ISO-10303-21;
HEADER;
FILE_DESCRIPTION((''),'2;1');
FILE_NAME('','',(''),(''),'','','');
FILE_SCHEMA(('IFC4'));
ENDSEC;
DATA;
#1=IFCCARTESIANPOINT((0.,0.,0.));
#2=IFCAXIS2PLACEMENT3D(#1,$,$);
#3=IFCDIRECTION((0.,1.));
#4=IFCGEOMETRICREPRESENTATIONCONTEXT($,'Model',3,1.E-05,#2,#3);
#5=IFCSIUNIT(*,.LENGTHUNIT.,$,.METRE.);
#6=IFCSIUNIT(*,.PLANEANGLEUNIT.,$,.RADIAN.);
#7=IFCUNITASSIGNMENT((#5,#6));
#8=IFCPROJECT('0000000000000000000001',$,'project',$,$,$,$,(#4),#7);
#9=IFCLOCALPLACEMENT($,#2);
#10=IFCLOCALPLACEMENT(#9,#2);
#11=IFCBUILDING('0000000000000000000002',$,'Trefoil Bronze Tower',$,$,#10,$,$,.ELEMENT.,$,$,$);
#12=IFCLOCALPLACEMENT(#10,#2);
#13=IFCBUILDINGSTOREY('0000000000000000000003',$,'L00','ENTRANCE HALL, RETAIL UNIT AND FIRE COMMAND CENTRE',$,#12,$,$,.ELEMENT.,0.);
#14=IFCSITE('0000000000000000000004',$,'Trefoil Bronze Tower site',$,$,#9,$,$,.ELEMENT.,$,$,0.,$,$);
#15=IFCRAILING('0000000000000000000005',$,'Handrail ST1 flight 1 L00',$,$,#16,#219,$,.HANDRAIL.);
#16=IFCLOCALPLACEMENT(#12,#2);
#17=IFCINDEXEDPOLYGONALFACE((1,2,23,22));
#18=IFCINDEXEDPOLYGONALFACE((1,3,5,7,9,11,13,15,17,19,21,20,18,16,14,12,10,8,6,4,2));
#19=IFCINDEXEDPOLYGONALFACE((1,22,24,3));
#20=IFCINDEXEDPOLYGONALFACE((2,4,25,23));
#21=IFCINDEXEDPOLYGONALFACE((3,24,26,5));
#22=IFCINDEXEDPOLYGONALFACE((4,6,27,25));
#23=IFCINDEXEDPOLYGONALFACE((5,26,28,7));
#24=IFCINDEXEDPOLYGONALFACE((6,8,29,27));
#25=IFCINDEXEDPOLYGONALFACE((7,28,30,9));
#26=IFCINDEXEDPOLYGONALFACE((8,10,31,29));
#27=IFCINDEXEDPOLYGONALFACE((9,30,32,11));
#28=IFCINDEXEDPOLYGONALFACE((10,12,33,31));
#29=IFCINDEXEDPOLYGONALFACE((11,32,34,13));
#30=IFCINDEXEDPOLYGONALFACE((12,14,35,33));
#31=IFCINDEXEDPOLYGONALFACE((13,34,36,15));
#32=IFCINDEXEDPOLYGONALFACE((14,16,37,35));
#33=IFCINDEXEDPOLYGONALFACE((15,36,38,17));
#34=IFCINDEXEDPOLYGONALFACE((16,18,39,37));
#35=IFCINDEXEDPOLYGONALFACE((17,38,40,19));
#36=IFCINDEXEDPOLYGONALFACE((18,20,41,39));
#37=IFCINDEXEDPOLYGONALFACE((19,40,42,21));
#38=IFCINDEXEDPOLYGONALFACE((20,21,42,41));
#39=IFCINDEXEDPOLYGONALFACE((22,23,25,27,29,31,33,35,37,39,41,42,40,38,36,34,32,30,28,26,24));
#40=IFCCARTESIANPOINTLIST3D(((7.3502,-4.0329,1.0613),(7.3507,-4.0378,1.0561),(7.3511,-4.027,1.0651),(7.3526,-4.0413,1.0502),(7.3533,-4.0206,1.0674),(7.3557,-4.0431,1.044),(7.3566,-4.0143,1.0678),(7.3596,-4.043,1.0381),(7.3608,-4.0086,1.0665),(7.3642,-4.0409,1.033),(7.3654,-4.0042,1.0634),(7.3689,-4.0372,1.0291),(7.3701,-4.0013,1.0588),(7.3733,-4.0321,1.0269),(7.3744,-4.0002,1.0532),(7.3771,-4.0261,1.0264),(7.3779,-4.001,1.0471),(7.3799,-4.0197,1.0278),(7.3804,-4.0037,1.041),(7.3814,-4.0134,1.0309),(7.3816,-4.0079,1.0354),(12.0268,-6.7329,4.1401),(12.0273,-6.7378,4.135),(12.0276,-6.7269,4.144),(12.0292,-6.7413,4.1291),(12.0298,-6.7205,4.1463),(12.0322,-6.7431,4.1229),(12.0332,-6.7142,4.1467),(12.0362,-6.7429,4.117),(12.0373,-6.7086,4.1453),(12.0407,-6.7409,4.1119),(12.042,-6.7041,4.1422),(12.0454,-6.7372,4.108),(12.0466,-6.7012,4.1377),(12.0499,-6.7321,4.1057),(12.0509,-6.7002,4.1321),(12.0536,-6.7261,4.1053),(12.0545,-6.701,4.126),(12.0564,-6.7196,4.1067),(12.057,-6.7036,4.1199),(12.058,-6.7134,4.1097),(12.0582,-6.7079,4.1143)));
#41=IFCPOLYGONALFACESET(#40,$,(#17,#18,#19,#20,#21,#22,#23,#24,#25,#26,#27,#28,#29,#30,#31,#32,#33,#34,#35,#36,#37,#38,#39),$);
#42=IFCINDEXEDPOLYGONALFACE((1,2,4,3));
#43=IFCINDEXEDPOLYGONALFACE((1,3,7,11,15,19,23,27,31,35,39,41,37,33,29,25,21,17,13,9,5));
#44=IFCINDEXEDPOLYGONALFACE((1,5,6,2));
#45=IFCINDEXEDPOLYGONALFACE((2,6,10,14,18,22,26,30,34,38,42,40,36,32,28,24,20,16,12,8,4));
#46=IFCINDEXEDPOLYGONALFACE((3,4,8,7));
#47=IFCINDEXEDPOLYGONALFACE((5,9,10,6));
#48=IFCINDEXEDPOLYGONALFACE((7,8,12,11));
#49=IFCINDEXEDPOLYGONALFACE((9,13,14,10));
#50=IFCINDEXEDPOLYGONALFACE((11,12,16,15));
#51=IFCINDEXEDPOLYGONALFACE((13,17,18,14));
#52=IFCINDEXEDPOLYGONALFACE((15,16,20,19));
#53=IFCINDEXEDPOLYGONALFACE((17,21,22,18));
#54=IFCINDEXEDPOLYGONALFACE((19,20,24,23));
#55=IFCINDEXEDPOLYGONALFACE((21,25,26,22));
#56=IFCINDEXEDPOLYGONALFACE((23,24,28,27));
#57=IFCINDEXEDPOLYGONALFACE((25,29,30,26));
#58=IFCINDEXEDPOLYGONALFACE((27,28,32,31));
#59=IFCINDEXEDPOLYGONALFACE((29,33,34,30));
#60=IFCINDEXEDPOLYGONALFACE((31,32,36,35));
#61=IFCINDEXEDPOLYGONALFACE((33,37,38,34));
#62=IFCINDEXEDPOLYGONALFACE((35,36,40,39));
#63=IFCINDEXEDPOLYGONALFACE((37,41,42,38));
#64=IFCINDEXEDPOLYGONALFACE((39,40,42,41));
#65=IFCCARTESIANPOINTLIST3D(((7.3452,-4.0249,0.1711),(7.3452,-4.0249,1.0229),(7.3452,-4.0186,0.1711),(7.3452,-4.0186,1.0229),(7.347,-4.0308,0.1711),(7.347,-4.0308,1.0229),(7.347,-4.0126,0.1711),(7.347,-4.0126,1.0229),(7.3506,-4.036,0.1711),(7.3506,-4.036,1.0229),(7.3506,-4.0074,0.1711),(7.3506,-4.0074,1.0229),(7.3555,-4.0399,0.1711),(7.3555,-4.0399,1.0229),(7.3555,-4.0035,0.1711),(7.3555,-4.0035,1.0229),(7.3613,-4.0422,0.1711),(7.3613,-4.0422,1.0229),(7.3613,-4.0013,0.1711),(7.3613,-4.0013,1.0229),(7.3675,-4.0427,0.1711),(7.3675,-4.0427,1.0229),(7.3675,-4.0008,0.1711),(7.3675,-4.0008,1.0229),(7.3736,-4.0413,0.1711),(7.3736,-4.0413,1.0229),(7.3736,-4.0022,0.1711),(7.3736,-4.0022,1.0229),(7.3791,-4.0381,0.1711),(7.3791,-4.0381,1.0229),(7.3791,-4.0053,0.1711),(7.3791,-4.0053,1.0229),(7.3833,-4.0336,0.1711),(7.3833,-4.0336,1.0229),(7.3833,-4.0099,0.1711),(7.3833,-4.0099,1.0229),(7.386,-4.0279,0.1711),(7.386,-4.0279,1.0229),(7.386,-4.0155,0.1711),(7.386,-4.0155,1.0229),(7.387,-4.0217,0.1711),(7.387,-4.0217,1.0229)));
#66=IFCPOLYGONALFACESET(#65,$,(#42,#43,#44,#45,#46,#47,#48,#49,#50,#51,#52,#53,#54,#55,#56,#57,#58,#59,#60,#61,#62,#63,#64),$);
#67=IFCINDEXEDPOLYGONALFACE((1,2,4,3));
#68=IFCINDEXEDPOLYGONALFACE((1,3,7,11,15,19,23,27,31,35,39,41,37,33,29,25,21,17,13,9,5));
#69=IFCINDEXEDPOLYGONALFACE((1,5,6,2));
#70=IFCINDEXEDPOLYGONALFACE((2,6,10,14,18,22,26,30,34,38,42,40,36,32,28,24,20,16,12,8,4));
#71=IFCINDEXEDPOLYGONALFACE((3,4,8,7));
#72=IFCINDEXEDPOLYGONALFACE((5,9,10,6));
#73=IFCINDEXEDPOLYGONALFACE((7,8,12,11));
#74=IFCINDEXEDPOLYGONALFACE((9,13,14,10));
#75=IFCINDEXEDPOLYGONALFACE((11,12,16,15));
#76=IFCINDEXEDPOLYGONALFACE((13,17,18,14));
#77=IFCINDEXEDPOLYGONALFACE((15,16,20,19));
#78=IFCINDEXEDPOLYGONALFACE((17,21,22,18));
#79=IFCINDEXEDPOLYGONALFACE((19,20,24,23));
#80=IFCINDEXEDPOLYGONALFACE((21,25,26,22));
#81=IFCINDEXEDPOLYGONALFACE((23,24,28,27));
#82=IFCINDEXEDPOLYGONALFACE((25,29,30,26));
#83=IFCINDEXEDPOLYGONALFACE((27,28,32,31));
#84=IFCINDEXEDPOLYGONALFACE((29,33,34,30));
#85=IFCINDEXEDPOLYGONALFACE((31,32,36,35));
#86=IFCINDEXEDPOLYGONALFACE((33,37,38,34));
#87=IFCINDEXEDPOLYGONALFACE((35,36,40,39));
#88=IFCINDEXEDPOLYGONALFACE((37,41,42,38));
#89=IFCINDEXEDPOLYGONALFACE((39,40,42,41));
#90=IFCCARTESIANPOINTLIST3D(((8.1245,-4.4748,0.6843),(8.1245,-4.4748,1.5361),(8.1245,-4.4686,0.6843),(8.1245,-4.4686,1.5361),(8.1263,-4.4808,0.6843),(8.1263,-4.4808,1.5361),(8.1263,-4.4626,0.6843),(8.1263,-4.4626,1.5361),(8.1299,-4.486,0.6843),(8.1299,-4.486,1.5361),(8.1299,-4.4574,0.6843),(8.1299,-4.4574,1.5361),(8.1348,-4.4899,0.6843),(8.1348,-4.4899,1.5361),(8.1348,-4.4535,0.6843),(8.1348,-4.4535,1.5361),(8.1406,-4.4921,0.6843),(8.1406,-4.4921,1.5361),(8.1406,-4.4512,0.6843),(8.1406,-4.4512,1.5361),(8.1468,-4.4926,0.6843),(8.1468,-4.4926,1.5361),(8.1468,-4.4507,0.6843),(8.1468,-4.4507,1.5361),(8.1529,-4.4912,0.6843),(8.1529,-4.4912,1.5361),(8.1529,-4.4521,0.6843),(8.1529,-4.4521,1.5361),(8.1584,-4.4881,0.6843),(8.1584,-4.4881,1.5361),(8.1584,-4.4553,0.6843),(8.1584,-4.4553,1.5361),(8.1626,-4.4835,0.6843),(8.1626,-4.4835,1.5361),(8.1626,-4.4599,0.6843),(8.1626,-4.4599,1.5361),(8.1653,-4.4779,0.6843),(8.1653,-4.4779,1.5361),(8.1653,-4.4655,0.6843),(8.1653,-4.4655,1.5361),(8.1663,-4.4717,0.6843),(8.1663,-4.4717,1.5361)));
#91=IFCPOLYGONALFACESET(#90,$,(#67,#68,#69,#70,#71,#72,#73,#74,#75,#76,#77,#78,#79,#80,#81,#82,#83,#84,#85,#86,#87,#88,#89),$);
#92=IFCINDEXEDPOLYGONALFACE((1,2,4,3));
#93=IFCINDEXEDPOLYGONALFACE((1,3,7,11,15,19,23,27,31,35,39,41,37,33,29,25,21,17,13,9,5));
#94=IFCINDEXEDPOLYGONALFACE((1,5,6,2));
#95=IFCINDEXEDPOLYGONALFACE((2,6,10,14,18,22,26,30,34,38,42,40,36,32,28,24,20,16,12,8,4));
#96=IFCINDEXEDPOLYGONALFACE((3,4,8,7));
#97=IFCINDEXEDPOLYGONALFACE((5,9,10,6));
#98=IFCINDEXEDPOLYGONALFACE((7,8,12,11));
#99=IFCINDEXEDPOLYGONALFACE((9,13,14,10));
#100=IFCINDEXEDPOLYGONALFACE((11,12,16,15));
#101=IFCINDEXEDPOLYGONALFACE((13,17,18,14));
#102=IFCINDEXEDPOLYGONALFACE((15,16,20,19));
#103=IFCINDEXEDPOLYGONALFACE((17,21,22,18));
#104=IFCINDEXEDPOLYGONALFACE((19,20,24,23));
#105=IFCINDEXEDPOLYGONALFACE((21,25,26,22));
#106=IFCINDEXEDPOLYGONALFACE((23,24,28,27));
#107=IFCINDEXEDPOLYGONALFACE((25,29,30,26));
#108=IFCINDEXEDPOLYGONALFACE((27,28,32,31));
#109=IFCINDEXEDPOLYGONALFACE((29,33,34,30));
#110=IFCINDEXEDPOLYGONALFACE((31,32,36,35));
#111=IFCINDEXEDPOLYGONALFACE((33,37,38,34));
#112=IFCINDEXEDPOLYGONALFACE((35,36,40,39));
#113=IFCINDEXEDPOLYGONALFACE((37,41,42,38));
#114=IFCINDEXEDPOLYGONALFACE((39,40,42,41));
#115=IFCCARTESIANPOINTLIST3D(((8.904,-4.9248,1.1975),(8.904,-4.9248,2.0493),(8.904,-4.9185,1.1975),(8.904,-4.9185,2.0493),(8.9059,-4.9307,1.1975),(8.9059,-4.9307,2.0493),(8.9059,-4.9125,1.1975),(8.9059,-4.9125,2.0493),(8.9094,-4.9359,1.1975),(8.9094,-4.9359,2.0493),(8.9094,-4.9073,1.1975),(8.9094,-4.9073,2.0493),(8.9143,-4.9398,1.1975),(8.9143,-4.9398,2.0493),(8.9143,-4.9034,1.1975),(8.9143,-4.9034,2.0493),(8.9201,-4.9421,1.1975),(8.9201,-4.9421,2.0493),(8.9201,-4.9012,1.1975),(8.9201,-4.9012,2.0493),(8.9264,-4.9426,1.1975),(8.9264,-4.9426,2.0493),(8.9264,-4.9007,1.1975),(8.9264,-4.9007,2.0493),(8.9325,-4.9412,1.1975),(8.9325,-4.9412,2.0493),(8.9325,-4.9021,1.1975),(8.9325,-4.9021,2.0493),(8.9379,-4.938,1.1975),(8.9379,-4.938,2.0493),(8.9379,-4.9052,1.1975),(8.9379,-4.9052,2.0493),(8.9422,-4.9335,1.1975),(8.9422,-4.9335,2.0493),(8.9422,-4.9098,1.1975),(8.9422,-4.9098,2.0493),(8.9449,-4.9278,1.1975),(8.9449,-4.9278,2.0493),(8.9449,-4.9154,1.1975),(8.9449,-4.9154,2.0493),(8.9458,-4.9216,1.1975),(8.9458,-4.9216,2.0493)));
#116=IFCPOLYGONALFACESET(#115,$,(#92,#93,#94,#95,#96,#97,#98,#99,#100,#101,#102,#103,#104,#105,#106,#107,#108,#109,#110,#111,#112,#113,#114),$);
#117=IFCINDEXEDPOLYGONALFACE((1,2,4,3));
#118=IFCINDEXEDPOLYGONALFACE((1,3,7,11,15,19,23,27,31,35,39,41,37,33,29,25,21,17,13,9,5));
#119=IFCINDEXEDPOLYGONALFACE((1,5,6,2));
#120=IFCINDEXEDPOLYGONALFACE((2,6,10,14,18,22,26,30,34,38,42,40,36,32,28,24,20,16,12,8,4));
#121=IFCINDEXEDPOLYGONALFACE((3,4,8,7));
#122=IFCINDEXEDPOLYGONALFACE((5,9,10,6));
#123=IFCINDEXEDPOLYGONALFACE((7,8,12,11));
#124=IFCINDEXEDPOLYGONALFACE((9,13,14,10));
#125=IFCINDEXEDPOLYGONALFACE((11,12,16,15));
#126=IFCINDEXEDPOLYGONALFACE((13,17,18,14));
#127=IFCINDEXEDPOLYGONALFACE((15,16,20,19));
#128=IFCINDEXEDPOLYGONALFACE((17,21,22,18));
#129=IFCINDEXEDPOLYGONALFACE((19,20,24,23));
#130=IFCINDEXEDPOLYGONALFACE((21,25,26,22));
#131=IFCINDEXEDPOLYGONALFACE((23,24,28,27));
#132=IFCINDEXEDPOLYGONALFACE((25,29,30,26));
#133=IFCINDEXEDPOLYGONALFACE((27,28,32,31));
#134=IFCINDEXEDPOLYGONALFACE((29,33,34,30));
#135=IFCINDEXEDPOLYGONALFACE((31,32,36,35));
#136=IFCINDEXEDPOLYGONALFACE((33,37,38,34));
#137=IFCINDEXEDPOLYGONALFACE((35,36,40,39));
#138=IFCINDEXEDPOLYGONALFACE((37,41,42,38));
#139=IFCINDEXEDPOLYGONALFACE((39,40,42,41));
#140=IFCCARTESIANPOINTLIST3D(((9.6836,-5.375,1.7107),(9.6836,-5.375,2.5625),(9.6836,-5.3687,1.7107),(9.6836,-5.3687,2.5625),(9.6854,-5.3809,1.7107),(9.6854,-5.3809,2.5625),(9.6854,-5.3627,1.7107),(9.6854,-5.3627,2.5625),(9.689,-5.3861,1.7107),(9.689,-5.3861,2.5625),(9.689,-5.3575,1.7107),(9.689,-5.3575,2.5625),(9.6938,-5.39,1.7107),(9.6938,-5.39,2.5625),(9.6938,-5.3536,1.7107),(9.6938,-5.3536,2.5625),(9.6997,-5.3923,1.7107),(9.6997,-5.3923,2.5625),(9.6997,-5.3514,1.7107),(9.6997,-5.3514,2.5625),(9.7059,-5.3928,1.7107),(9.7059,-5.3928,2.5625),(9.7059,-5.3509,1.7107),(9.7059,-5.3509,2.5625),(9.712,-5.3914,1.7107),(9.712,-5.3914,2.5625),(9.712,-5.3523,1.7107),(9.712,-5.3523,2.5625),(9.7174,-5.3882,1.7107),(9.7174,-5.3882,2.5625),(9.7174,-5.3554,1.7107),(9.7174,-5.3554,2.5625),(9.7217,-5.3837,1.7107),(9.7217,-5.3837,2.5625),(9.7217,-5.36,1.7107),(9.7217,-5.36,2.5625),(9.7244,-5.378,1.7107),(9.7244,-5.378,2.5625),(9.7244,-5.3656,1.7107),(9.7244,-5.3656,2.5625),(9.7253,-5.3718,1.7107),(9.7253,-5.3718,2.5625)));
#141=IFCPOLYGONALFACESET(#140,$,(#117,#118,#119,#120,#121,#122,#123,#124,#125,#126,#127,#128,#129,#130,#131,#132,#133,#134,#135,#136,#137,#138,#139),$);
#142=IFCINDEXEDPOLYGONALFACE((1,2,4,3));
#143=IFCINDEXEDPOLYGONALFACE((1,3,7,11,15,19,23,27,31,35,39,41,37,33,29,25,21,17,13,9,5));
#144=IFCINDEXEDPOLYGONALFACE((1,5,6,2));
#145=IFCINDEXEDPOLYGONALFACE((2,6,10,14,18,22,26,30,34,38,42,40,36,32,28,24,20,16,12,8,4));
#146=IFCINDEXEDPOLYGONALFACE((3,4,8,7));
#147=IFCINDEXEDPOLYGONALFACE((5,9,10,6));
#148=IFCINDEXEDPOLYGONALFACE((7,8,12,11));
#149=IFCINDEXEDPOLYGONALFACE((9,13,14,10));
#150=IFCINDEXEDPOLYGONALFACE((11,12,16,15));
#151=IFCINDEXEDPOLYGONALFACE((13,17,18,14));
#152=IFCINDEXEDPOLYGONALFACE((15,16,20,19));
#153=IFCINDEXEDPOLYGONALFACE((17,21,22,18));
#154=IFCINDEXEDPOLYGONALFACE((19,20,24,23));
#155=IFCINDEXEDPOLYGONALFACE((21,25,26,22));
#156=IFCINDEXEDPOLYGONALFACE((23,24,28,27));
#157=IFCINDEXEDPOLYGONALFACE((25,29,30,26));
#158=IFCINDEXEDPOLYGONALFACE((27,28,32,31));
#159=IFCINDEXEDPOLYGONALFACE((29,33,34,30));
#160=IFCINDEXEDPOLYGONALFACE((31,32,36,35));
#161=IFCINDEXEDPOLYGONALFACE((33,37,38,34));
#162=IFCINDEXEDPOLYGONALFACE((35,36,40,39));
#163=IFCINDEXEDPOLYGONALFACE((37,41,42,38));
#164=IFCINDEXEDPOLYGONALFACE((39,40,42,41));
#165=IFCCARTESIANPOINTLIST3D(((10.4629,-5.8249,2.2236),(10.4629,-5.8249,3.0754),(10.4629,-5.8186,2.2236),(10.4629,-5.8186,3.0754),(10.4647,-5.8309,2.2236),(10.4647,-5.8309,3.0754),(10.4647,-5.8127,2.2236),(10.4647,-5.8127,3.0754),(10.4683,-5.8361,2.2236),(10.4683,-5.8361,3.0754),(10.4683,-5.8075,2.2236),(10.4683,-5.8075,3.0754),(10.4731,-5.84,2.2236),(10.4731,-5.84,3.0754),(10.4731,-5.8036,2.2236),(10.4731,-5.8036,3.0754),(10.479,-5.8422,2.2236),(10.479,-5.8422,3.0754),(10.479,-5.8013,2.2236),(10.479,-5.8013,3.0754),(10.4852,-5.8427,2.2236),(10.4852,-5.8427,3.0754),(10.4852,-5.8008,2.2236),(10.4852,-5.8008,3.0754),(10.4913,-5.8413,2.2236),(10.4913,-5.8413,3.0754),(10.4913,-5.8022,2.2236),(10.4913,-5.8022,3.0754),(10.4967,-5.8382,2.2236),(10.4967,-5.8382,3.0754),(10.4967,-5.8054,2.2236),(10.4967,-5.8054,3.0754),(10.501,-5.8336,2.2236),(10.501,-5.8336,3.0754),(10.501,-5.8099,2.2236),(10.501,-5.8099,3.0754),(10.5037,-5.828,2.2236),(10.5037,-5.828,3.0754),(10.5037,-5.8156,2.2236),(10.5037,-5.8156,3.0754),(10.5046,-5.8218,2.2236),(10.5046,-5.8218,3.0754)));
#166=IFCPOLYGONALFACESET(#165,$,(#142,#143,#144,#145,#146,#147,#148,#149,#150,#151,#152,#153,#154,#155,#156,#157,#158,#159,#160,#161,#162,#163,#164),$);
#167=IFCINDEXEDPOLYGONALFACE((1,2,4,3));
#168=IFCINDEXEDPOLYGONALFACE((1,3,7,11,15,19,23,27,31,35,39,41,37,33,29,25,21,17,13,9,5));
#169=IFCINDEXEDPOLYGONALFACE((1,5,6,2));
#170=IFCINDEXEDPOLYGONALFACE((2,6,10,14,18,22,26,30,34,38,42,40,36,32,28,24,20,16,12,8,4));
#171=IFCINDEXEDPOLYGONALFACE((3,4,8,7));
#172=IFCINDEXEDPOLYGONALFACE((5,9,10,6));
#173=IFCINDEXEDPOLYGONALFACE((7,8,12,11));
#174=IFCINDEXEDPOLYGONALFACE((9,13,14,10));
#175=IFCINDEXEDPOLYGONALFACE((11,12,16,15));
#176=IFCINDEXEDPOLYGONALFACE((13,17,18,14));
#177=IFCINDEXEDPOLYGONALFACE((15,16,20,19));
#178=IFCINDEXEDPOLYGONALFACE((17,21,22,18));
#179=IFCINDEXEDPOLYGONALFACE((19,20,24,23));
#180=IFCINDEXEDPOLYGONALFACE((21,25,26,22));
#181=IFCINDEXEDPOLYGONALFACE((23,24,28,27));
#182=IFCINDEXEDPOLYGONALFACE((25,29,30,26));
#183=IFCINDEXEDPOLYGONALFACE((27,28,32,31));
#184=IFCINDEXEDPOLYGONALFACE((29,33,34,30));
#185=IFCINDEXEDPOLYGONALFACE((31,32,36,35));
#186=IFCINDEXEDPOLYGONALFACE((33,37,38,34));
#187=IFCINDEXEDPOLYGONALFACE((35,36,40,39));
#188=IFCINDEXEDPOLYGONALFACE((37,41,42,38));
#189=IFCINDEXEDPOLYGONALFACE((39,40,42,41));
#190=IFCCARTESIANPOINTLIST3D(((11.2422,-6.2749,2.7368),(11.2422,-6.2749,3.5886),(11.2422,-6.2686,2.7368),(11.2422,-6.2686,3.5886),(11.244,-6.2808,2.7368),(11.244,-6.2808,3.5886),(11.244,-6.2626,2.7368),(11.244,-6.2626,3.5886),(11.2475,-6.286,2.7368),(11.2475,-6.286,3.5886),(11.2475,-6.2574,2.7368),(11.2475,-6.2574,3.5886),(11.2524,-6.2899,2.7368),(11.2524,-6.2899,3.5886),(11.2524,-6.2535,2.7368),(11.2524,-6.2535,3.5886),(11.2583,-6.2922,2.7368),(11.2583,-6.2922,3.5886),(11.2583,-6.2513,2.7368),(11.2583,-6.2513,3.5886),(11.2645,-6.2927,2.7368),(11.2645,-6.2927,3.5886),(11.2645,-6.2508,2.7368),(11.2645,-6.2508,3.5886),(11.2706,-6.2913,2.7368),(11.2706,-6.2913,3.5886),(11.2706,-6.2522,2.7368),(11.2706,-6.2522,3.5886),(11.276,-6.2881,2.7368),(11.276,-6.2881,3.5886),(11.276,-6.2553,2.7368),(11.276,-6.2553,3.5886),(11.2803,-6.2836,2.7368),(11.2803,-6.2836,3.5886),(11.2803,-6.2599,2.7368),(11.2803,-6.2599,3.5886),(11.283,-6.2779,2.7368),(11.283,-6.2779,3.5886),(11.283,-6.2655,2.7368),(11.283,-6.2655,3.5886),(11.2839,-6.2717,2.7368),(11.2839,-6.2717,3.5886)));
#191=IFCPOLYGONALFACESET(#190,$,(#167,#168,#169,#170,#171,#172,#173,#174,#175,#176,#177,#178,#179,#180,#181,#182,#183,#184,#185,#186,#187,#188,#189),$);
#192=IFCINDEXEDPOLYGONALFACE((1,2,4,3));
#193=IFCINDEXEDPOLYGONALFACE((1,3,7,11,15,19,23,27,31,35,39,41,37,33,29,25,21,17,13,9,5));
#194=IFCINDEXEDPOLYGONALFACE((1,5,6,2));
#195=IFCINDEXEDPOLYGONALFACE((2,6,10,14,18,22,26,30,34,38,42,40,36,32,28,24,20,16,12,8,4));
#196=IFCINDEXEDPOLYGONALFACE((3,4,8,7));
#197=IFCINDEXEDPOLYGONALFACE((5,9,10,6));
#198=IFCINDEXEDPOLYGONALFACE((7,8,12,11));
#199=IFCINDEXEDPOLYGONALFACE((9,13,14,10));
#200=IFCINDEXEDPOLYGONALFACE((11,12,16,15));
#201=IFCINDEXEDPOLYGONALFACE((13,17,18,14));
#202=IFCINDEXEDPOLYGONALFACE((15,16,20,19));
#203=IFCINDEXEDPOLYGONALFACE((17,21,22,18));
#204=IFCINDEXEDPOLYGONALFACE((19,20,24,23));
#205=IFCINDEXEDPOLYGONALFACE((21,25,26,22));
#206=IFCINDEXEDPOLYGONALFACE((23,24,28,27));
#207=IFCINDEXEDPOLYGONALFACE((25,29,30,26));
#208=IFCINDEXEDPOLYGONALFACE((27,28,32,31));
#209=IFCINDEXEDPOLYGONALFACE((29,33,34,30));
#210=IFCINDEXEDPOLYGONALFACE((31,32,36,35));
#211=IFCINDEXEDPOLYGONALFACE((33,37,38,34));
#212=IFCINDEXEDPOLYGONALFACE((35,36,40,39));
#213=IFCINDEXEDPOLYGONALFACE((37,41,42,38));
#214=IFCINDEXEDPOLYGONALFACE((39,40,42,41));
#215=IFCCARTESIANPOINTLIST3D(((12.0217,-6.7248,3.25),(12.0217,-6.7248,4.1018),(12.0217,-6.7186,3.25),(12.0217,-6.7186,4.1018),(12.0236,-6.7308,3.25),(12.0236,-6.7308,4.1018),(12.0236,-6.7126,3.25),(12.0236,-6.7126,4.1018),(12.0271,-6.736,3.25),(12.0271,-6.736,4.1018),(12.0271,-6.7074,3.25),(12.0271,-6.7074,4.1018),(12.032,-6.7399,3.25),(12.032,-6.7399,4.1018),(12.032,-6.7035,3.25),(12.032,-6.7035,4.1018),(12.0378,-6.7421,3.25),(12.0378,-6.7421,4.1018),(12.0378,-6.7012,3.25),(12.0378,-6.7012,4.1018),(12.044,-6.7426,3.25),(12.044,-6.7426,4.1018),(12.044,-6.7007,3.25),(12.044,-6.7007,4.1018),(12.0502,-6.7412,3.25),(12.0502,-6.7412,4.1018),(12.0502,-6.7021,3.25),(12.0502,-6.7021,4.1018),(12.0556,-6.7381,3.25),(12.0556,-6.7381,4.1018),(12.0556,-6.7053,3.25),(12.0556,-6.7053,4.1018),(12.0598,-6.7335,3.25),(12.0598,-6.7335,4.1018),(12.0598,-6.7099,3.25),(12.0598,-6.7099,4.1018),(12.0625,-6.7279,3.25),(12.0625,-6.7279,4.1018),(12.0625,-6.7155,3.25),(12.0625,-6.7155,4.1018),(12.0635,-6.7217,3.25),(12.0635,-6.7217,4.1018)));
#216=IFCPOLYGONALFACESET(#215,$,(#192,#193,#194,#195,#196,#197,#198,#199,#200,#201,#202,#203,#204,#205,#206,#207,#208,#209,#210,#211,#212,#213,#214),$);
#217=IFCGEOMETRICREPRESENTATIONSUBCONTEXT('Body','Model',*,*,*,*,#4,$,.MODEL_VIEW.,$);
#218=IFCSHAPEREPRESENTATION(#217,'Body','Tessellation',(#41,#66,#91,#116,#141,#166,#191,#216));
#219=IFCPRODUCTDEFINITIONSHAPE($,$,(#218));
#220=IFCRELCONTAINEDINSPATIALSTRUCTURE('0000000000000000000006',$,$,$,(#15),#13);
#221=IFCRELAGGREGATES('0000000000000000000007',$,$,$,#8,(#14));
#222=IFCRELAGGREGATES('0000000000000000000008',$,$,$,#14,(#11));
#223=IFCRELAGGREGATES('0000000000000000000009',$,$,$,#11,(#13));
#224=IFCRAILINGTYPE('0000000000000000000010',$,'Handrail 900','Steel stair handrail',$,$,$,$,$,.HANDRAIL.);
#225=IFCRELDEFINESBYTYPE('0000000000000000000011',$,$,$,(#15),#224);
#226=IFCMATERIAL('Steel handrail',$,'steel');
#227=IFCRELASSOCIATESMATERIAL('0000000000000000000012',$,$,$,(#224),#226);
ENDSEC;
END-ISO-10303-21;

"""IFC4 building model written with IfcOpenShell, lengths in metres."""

from ifc_helpers import new_model, si_unit, direction, frame, origin, origin_2d, place, context, subcontext, project, spatial, circle, extrude, material, type_object, element, save


model = new_model("IFC4")

# Units and contexts
model_context = context("Model", 3, precision=1e-05, world=origin(), true_north=direction((0.0, 1.0)))
body_context = subcontext(model_context, "Body", "Model", "MODEL_VIEW")
ifc_project = project(units=[si_unit("LENGTHUNIT", "METRE"), si_unit("PLANEANGLEUNIT", "RADIAN")], contexts=[model_context])

# Site, building, storey
site_placement = place(None, origin())
site = spatial("IfcSite", under=ifc_project, at=site_placement, Name="Trefoil Bronze Tower site", CompositionType="ELEMENT", RefElevation=0.0)
building_placement = place(site_placement, origin())
building = spatial("IfcBuilding", under=site, at=building_placement, Name="Trefoil Bronze Tower", CompositionType="ELEMENT")
storey_placement = place(building_placement, origin())
storey = spatial("IfcBuildingStorey", under=building, at=storey_placement, Name="L00", Description="ENTRANCE HALL, RETAIL UNIT AND FIRE COMMAND CENTRE", CompositionType="ELEMENT", Elevation=0.0)

# Railing
ifc_material_1 = material(Name="Steel handrail", Category="steel")
railing_type = type_object("IfcRailingType", Name="Handrail 900", Description="Steel stair handrail", PredefinedType="HANDRAIL", material=ifc_material_1)
railing_placement = place(storey_placement, frame((7.366, -4.0217, 0.1711)))
element("IfcRailing", 1, at=railing_placement, inside=storey, type_object=railing_type, Name="Handrail ST1 flight 1 L00", PredefinedType="HANDRAIL", context=body_context, shape_type="SweptSolid", body=[
    extrude(circle(Radius=0.0239, at=origin_2d()), frame((0.0, 0.0, 0.876), z_axis=(0.752333, -0.434354, 0.49531), x_axis=(0.499995, 0.866028, 0.0)), (0.0, 0.0, 1.0), 6.2161),
    extrude(circle(Radius=0.021, at=origin_2d()), origin(), (0.0, 0.0, 1.0), 0.8518),
    extrude(circle(Radius=0.021, at=origin_2d()), frame((0.7793, -0.45, 0.5132)), (0.0, 0.0, 1.0), 0.8518),
    extrude(circle(Radius=0.021, at=origin_2d()), frame((1.5588, -0.8999, 1.0264)), (0.0, 0.0, 1.0), 0.8518),
    extrude(circle(Radius=0.021, at=origin_2d()), frame((2.3384, -1.3501, 1.5396)), (0.0, 0.0, 1.0), 0.8518),
    extrude(circle(Radius=0.021, at=origin_2d()), frame((3.1177, -1.8, 2.0525)), (0.0, 0.0, 1.0), 0.8518),
    extrude(circle(Radius=0.021, at=origin_2d()), frame((3.897, -2.25, 2.5657)), (0.0, 0.0, 1.0), 0.8518),
    extrude(circle(Radius=0.021, at=origin_2d()), frame((4.6765, -2.7, 3.0789)), (0.0, 0.0, 1.0), 0.8518),
])

save(model, "model.ifc")
